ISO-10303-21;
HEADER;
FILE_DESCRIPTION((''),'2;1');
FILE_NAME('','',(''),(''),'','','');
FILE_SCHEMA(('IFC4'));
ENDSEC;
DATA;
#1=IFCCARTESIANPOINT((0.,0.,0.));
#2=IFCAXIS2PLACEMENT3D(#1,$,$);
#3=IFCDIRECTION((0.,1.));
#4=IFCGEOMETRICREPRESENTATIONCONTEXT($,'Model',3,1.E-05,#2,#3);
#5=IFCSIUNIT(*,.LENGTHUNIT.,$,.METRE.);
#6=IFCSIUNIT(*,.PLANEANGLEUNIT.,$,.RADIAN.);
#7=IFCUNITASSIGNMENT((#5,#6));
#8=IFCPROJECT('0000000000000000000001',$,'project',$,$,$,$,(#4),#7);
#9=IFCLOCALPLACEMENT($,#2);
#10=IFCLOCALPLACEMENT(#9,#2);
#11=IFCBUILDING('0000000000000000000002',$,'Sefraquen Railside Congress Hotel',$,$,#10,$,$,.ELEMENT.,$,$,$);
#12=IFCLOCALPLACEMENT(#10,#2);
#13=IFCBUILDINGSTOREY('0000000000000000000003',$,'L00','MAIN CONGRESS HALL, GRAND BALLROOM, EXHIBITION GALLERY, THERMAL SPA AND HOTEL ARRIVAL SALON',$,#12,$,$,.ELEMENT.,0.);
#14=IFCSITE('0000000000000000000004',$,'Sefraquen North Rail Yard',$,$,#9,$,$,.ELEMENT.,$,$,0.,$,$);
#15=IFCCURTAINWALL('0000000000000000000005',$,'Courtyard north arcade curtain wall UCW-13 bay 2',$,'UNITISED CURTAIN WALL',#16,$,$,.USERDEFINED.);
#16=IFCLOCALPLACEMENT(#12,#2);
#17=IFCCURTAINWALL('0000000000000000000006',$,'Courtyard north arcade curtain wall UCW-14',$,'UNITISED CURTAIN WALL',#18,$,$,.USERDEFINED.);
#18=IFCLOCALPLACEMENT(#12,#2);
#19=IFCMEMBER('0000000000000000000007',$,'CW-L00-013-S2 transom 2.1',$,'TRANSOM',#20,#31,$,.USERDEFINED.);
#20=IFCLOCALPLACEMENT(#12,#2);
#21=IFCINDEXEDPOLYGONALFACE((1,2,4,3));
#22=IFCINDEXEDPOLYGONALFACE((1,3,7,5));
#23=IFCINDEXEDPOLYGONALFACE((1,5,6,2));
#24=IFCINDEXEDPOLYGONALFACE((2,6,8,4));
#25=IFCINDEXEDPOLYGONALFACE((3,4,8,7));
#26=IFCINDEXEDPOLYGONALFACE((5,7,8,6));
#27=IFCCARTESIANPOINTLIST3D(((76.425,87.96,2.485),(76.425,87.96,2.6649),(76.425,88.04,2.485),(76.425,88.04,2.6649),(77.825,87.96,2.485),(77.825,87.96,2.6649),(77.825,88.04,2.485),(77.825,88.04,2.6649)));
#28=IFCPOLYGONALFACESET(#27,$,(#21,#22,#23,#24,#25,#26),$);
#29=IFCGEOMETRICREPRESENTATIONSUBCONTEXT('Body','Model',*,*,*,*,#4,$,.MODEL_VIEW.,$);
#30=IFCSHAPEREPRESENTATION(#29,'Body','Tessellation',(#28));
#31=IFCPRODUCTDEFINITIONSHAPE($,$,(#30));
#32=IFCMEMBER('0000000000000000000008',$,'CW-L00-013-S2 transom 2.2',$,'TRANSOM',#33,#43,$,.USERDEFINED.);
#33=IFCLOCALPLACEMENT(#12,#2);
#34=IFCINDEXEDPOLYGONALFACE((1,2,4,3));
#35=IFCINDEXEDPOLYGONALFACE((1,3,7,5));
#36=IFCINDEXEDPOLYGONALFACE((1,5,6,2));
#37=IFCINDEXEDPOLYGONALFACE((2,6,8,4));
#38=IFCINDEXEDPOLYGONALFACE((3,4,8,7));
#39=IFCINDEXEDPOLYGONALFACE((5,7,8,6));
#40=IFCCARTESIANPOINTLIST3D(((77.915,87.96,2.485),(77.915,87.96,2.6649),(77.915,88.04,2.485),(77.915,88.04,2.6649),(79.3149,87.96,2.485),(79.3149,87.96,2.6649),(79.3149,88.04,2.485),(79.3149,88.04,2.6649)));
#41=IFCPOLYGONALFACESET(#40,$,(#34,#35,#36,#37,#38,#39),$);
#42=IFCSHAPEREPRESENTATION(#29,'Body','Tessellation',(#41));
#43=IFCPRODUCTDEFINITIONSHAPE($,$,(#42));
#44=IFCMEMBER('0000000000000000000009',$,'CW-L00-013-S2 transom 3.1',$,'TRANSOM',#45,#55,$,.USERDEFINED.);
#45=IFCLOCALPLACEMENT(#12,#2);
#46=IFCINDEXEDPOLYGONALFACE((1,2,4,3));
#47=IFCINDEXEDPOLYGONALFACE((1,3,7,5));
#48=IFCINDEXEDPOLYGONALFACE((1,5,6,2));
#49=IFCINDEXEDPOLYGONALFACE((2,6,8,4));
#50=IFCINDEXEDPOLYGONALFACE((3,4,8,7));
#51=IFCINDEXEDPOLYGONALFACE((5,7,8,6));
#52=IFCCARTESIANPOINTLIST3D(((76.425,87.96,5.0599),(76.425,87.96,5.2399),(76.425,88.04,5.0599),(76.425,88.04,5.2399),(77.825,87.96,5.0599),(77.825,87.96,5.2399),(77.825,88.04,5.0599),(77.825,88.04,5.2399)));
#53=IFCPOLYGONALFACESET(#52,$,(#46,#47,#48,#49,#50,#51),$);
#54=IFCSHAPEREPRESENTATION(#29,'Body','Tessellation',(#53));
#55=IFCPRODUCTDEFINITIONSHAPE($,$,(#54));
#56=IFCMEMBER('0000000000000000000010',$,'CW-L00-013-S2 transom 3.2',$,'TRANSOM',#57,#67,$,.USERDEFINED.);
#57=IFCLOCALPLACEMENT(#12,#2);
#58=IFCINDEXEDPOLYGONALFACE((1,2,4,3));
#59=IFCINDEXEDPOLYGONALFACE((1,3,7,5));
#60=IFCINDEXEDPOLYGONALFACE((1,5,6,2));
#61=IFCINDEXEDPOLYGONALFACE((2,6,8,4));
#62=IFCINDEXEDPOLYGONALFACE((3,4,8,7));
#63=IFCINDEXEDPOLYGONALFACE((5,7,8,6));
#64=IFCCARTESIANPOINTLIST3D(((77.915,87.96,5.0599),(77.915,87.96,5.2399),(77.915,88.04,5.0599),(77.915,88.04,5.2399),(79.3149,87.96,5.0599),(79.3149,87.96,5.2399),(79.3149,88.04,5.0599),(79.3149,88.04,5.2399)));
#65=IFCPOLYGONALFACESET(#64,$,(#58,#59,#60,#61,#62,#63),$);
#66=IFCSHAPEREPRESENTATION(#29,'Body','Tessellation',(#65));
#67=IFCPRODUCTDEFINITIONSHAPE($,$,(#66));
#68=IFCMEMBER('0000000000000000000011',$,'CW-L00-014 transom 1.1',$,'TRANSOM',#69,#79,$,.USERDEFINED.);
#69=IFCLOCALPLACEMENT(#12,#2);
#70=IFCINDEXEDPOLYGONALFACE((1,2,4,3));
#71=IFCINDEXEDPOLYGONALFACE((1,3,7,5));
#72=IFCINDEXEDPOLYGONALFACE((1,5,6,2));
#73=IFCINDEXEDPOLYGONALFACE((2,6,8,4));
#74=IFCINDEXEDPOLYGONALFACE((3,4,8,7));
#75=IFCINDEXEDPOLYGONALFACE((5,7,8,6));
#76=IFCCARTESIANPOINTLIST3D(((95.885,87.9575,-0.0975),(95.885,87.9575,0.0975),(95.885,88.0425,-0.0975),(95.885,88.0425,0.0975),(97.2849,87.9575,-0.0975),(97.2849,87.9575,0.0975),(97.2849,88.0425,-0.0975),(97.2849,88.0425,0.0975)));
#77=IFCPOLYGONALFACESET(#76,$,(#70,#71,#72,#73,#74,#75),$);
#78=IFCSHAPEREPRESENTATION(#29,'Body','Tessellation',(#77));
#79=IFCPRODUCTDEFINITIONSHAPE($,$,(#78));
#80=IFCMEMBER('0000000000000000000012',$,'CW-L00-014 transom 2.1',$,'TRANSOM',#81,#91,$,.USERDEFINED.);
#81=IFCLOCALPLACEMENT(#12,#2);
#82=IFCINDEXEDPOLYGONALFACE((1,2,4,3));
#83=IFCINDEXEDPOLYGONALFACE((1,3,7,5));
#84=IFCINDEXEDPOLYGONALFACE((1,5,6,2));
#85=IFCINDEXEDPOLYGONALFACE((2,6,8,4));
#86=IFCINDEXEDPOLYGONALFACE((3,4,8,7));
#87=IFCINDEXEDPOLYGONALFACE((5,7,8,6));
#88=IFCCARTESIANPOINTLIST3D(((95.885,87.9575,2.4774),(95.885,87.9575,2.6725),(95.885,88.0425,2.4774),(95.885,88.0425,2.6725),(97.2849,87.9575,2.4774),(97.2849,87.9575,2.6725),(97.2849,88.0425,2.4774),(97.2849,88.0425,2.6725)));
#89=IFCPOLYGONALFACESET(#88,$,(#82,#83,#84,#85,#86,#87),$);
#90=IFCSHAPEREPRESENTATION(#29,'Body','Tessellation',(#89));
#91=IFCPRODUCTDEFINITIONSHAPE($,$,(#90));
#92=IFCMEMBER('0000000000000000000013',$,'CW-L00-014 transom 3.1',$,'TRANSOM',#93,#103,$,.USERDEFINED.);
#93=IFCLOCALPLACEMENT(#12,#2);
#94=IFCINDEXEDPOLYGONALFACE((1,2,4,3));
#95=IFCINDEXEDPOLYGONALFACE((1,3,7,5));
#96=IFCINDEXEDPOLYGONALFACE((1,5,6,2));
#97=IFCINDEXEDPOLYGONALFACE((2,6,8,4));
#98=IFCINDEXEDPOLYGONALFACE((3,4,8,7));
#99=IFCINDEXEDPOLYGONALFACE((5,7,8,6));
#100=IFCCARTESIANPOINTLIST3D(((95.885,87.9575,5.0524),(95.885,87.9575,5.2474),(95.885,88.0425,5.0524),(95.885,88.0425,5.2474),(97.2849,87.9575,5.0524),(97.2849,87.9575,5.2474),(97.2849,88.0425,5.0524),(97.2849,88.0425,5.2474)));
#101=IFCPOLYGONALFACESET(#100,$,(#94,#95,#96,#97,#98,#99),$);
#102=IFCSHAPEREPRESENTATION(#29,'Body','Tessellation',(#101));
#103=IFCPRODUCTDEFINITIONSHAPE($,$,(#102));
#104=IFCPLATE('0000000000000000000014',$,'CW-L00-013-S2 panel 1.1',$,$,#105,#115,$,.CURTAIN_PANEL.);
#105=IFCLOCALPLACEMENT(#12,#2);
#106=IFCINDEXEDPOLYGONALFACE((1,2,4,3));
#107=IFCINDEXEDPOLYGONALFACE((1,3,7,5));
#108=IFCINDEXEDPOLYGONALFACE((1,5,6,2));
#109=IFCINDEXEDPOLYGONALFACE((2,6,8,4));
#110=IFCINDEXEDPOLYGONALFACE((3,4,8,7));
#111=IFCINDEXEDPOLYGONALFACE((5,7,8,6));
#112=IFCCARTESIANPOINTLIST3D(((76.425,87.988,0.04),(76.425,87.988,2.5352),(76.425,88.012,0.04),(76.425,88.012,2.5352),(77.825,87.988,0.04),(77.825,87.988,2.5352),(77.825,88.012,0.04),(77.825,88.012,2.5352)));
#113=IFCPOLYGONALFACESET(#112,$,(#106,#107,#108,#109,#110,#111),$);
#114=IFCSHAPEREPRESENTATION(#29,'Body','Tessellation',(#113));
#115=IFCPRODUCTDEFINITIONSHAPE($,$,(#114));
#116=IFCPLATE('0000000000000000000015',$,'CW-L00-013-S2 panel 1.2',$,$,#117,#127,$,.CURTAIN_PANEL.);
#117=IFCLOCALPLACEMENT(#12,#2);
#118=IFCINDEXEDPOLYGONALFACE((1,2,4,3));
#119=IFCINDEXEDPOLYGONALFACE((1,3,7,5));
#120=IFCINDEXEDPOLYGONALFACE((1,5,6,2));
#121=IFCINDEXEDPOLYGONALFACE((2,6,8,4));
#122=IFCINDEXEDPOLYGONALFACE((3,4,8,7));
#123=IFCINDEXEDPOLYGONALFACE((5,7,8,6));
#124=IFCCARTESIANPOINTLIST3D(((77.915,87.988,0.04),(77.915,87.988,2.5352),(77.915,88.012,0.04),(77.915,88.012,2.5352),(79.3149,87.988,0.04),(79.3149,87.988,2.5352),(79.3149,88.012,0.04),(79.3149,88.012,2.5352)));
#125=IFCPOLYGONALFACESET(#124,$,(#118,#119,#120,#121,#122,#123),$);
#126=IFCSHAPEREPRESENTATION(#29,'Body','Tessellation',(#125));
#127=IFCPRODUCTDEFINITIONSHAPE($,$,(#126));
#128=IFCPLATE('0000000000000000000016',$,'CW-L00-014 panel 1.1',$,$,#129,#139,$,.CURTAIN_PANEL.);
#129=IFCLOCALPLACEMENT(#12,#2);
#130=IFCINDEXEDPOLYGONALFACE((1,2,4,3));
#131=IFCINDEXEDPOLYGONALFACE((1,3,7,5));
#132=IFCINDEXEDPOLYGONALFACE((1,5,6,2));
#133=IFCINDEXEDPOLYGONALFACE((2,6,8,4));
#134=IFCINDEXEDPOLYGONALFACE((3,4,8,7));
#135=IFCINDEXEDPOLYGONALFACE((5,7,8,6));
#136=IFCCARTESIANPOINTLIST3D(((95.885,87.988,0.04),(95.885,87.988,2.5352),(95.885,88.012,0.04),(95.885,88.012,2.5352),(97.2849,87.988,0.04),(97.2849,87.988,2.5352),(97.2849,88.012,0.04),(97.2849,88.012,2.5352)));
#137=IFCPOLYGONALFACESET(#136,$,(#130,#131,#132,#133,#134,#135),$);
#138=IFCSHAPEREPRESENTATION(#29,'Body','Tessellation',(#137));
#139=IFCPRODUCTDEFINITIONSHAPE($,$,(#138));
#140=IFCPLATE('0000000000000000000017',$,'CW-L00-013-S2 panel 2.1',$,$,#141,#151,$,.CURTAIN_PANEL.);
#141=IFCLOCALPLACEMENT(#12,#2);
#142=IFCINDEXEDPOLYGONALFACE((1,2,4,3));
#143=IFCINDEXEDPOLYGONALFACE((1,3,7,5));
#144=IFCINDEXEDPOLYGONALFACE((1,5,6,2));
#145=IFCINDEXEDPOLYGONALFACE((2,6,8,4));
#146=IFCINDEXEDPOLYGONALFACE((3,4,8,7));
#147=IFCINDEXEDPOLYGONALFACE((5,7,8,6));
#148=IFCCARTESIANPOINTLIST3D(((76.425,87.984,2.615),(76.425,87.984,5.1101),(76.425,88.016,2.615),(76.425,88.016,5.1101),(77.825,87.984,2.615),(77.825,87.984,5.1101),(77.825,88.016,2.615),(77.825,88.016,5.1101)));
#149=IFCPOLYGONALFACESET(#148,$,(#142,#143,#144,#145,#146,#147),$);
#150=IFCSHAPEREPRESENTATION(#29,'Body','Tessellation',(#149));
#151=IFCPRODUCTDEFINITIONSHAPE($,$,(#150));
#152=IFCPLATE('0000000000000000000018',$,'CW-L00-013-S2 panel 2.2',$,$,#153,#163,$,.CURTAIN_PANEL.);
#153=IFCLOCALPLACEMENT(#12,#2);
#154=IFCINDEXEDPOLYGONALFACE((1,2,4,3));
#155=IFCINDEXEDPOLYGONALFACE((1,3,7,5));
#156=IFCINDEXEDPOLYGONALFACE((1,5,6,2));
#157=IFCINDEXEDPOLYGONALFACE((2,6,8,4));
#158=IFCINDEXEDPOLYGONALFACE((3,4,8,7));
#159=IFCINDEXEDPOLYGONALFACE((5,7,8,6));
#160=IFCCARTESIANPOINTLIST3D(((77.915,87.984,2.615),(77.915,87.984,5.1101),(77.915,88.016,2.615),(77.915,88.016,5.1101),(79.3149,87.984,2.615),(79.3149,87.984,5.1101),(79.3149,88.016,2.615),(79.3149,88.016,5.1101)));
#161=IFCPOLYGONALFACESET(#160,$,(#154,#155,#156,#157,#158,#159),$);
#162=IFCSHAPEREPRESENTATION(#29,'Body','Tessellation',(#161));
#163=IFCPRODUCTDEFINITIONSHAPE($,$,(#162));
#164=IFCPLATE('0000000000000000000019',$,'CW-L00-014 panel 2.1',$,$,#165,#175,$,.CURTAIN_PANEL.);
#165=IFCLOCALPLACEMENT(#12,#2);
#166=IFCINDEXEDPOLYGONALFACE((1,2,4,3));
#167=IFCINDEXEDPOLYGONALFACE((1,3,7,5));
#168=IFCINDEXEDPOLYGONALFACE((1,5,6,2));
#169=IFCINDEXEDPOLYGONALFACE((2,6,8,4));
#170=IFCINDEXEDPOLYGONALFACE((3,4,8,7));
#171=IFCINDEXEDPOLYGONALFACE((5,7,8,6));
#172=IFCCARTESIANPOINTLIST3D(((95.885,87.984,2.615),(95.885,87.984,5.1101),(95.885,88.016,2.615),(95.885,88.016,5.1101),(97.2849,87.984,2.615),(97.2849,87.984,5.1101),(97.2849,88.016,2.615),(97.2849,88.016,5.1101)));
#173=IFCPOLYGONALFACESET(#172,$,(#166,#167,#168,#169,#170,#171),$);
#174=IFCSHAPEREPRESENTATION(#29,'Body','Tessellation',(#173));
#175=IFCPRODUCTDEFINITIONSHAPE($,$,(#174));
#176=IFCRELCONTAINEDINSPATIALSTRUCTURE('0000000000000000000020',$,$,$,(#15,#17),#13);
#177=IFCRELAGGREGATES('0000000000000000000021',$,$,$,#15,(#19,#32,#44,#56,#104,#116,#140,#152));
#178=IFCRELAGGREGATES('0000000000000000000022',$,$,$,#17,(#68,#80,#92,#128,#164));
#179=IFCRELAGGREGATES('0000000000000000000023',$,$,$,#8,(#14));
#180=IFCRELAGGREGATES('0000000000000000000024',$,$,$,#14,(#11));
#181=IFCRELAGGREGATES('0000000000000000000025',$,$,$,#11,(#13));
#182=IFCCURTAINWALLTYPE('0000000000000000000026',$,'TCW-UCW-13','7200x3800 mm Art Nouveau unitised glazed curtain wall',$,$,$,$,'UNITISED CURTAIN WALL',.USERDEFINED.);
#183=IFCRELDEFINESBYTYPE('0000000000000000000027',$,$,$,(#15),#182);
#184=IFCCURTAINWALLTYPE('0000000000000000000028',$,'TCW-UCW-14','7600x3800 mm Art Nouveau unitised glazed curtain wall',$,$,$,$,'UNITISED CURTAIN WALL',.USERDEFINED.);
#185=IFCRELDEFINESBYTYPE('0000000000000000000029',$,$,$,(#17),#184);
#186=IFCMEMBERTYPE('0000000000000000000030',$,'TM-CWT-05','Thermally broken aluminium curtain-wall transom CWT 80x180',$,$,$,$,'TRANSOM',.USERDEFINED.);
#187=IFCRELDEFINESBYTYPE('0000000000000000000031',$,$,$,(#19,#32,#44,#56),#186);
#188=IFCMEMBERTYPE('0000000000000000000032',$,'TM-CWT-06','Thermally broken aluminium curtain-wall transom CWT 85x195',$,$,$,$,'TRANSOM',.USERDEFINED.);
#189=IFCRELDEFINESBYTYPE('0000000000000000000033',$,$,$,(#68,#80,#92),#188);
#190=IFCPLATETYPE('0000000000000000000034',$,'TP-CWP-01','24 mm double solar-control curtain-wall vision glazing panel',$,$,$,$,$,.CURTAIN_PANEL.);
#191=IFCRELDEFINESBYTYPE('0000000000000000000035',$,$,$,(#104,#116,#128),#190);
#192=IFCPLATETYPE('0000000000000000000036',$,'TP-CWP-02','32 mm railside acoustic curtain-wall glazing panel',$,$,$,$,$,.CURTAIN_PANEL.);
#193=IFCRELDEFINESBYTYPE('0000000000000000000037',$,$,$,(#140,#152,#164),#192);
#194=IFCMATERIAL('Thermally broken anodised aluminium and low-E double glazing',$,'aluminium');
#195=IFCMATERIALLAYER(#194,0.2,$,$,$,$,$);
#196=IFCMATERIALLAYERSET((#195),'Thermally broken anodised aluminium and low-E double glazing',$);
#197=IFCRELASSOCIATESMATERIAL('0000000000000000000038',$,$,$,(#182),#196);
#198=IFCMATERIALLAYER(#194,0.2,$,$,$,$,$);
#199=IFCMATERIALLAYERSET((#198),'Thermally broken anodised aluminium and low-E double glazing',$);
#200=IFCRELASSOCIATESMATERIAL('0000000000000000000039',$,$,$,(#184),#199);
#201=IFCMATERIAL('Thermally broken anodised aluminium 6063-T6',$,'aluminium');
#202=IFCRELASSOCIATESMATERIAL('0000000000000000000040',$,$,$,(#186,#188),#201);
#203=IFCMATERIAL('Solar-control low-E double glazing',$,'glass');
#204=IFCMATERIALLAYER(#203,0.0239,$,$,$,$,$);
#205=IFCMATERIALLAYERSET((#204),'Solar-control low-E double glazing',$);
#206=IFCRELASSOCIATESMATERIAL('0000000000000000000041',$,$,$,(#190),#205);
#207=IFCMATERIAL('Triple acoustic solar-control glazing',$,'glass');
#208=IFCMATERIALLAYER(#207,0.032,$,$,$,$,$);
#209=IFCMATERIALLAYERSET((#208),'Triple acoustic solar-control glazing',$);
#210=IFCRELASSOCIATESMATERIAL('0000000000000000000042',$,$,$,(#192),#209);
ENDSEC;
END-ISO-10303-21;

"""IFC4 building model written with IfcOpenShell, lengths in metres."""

from ifc_helpers import new_model, si_unit, direction, frame, origin, origin_2d, place, context, subcontext, project, spatial, rectangle, extrude, material, layer, layer_set, material_profile, profile_set, type_object, element, aggregate, save


model = new_model("IFC4")

# Units and contexts
model_context = context("Model", 3, precision=1e-05, world=origin(), true_north=direction((0.0, 1.0)))
body_context = subcontext(model_context, "Body", "Model", "MODEL_VIEW")
ifc_project = project(units=[si_unit("LENGTHUNIT", "METRE"), si_unit("PLANEANGLEUNIT", "RADIAN")], contexts=[model_context])

# Site, building, storey
site_placement = place(None, origin())
site = spatial("IfcSite", under=ifc_project, at=site_placement, Name="Sefraquen North Rail Yard", CompositionType="ELEMENT", RefElevation=0.0)
building_placement = place(site_placement, origin())
building = spatial("IfcBuilding", under=site, at=building_placement, Name="Sefraquen Railside Congress Hotel", CompositionType="ELEMENT")
storey_placement = place(building_placement, origin())
storey = spatial("IfcBuildingStorey", under=building, at=storey_placement, Name="L00", Description="MAIN CONGRESS HALL, GRAND BALLROOM, EXHIBITION GALLERY, THERMAL SPA AND HOTEL ARRIVAL SALON", CompositionType="ELEMENT", Elevation=0.0)

# Curtain wall
ifc_material_1 = material(Name="Thermally broken anodised aluminium and low-E double glazing", Category="aluminium")
ifc_layer_1 = layer(ifc_material_1, 0.2)
ifc_layer_set_1 = layer_set([ifc_layer_1], Name="Thermally broken anodised aluminium and low-E double glazing")
curtain_wall_type_1 = type_object("IfcCurtainWallType", Name="TCW-UCW-13", Description="7200x3800 mm Art Nouveau unitised glazed curtain wall", ElementType="UNITISED CURTAIN WALL", PredefinedType="USERDEFINED", material=ifc_layer_set_1)
curtain_wall_1_placement = place(storey_placement, origin())
curtain_wall_1 = element("IfcCurtainWall", 1, at=curtain_wall_1_placement, inside=storey, type_object=curtain_wall_type_1, Name="Courtyard north arcade curtain wall UCW-13 bay 2", ObjectType="UNITISED CURTAIN WALL", PredefinedType="USERDEFINED")
ifc_material_2 = material(Name="Thermally broken anodised aluminium 6063-T6", Category="aluminium")

# Curtain wall
ifc_layer_2 = layer(ifc_material_1, 0.2)
ifc_layer_set_2 = layer_set([ifc_layer_2], Name="Thermally broken anodised aluminium and low-E double glazing")
curtain_wall_type_2 = type_object("IfcCurtainWallType", Name="TCW-UCW-14", Description="7600x3800 mm Art Nouveau unitised glazed curtain wall", ElementType="UNITISED CURTAIN WALL", PredefinedType="USERDEFINED", material=ifc_layer_set_2)
curtain_wall_2_placement = place(storey_placement, origin())
curtain_wall_2 = element("IfcCurtainWall", 2, at=curtain_wall_2_placement, inside=storey, type_object=curtain_wall_type_2, Name="Courtyard north arcade curtain wall UCW-14", ObjectType="UNITISED CURTAIN WALL", PredefinedType="USERDEFINED")

# Members
ifc_material_profile_1 = material_profile(ifc_material_2, rectangle(XDim=0.0801, YDim=0.1799, at=origin_2d()), Name="CWT 80x180")
ifc_profile_set_1 = profile_set([ifc_material_profile_1], Name="Thermally broken anodised aluminium 6063-T6")
member_type_1 = type_object("IfcMemberType", Name="TM-CWT-05", Description="Thermally broken aluminium curtain-wall transom CWT 80x180", ElementType="TRANSOM", PredefinedType="USERDEFINED", material=ifc_profile_set_1)
member_1_placement = place(storey_placement, frame((76.425, 88.0, 2.575), z_axis=(1.0, 0.0, 0.0), x_axis=(0.0, 1.0, 0.0)))
member_1 = element("IfcMember", 3, at=member_1_placement, type_object=member_type_1, Name="CW-L00-013-S2 transom 2.1", ObjectType="TRANSOM", PredefinedType="USERDEFINED", context=body_context, shape_type="SweptSolid", body=[
    extrude(rectangle(XDim=0.0801, YDim=0.1799, at=origin_2d()), origin(), (0.0, 0.0, 1.0), 1.3999),
])
member_2_placement = place(storey_placement, frame((77.915, 88.0, 2.575), z_axis=(1.0, 0.0, 0.0), x_axis=(0.0, 1.0, 0.0)))
member_2 = element("IfcMember", 4, at=member_2_placement, type_object=member_type_1, Name="CW-L00-013-S2 transom 2.2", ObjectType="TRANSOM", PredefinedType="USERDEFINED", context=body_context, shape_type="SweptSolid", body=[
    extrude(rectangle(XDim=0.0801, YDim=0.1799, at=origin_2d()), origin(), (0.0, 0.0, 1.0), 1.3999),
])
member_3_placement = place(storey_placement, frame((76.425, 88.0, 5.1499), z_axis=(1.0, 0.0, 0.0), x_axis=(0.0, 1.0, 0.0)))
member_3 = element("IfcMember", 5, at=member_3_placement, type_object=member_type_1, Name="CW-L00-013-S2 transom 3.1", ObjectType="TRANSOM", PredefinedType="USERDEFINED", context=body_context, shape_type="SweptSolid", body=[
    extrude(rectangle(XDim=0.0801, YDim=0.1799, at=origin_2d()), origin(), (0.0, 0.0, 1.0), 1.3999),
])
member_4_placement = place(storey_placement, frame((77.915, 88.0, 5.1499), z_axis=(1.0, 0.0, 0.0), x_axis=(0.0, 1.0, 0.0)))
member_4 = element("IfcMember", 6, at=member_4_placement, type_object=member_type_1, Name="CW-L00-013-S2 transom 3.2", ObjectType="TRANSOM", PredefinedType="USERDEFINED", context=body_context, shape_type="SweptSolid", body=[
    extrude(rectangle(XDim=0.0801, YDim=0.1799, at=origin_2d()), origin(), (0.0, 0.0, 1.0), 1.3999),
])
ifc_material_profile_2 = material_profile(ifc_material_2, rectangle(XDim=0.085, YDim=0.1951, at=origin_2d()), Name="CWT 85x195")
ifc_profile_set_2 = profile_set([ifc_material_profile_2], Name="Thermally broken anodised aluminium 6063-T6")
member_type_2 = type_object("IfcMemberType", Name="TM-CWT-06", Description="Thermally broken aluminium curtain-wall transom CWT 85x195", ElementType="TRANSOM", PredefinedType="USERDEFINED", material=ifc_profile_set_2)
member_5_placement = place(storey_placement, frame((95.885, 88.0, 0.0), z_axis=(1.0, 0.0, 0.0), x_axis=(0.0, 1.0, 0.0)))
member_5 = element("IfcMember", 7, at=member_5_placement, type_object=member_type_2, Name="CW-L00-014 transom 1.1", ObjectType="TRANSOM", PredefinedType="USERDEFINED", context=body_context, shape_type="SweptSolid", body=[
    extrude(rectangle(XDim=0.085, YDim=0.1951, at=origin_2d()), origin(), (0.0, 0.0, 1.0), 1.3999),
])
member_6_placement = place(storey_placement, frame((95.885, 88.0, 2.575), z_axis=(1.0, 0.0, 0.0), x_axis=(0.0, 1.0, 0.0)))
member_6 = element("IfcMember", 8, at=member_6_placement, type_object=member_type_2, Name="CW-L00-014 transom 2.1", ObjectType="TRANSOM", PredefinedType="USERDEFINED", context=body_context, shape_type="SweptSolid", body=[
    extrude(rectangle(XDim=0.085, YDim=0.1951, at=origin_2d()), origin(), (0.0, 0.0, 1.0), 1.3999),
])
member_7_placement = place(storey_placement, frame((95.885, 88.0, 5.1499), z_axis=(1.0, 0.0, 0.0), x_axis=(0.0, 1.0, 0.0)))
member_7 = element("IfcMember", 9, at=member_7_placement, type_object=member_type_2, Name="CW-L00-014 transom 3.1", ObjectType="TRANSOM", PredefinedType="USERDEFINED", context=body_context, shape_type="SweptSolid", body=[
    extrude(rectangle(XDim=0.085, YDim=0.1951, at=origin_2d()), origin(), (0.0, 0.0, 1.0), 1.3999),
])

# Plates
ifc_material_3 = material(Name="Solar-control low-E double glazing", Category="glass")
ifc_layer_3 = layer(ifc_material_3, 0.0239)
ifc_layer_set_3 = layer_set([ifc_layer_3], Name="Solar-control low-E double glazing")
plate_type_1 = type_object("IfcPlateType", Name="TP-CWP-01", Description="24 mm double solar-control curtain-wall vision glazing panel", PredefinedType="CURTAIN_PANEL", material=ifc_layer_set_3)
plate_1_placement = place(storey_placement, frame((77.125, 88.0, 0.04), z_axis=(0.0, 0.0, 1.0), x_axis=(1.0, 0.0, 0.0)))
plate_1 = element("IfcPlate", 10, at=plate_1_placement, type_object=plate_type_1, Name="CW-L00-013-S2 panel 1.1", PredefinedType="CURTAIN_PANEL", context=body_context, shape_type="SweptSolid", body=[
    extrude(rectangle(XDim=1.3999, YDim=0.0239, at=origin_2d()), origin(), (0.0, 0.0, 1.0), 2.4951),
])
plate_2_placement = place(storey_placement, frame((78.615, 88.0, 0.04), z_axis=(0.0, 0.0, 1.0), x_axis=(1.0, 0.0, 0.0)))
plate_2 = element("IfcPlate", 11, at=plate_2_placement, type_object=plate_type_1, Name="CW-L00-013-S2 panel 1.2", PredefinedType="CURTAIN_PANEL", context=body_context, shape_type="SweptSolid", body=[
    extrude(rectangle(XDim=1.3999, YDim=0.0239, at=origin_2d()), origin(), (0.0, 0.0, 1.0), 2.4951),
])
plate_3_placement = place(storey_placement, frame((96.585, 88.0, 0.04), z_axis=(0.0, 0.0, 1.0), x_axis=(1.0, 0.0, 0.0)))
plate_3 = element("IfcPlate", 12, at=plate_3_placement, type_object=plate_type_1, Name="CW-L00-014 panel 1.1", PredefinedType="CURTAIN_PANEL", context=body_context, shape_type="SweptSolid", body=[
    extrude(rectangle(XDim=1.3999, YDim=0.0239, at=origin_2d()), origin(), (0.0, 0.0, 1.0), 2.4951),
])
ifc_material_4 = material(Name="Triple acoustic solar-control glazing", Category="glass")
ifc_layer_4 = layer(ifc_material_4, 0.032)
ifc_layer_set_4 = layer_set([ifc_layer_4], Name="Triple acoustic solar-control glazing")
plate_type_2 = type_object("IfcPlateType", Name="TP-CWP-02", Description="32 mm railside acoustic curtain-wall glazing panel", PredefinedType="CURTAIN_PANEL", material=ifc_layer_set_4)
plate_4_placement = place(storey_placement, frame((77.125, 88.0, 2.615), z_axis=(0.0, 0.0, 1.0), x_axis=(1.0, 0.0, 0.0)))
plate_4 = element("IfcPlate", 13, at=plate_4_placement, type_object=plate_type_2, Name="CW-L00-013-S2 panel 2.1", PredefinedType="CURTAIN_PANEL", context=body_context, shape_type="SweptSolid", body=[
    extrude(rectangle(XDim=1.3999, YDim=0.032, at=origin_2d()), origin(), (0.0, 0.0, 1.0), 2.4951),
])
plate_5_placement = place(storey_placement, frame((78.615, 88.0, 2.615), z_axis=(0.0, 0.0, 1.0), x_axis=(1.0, 0.0, 0.0)))
plate_5 = element("IfcPlate", 14, at=plate_5_placement, type_object=plate_type_2, Name="CW-L00-013-S2 panel 2.2", PredefinedType="CURTAIN_PANEL", context=body_context, shape_type="SweptSolid", body=[
    extrude(rectangle(XDim=1.3999, YDim=0.032, at=origin_2d()), origin(), (0.0, 0.0, 1.0), 2.4951),
])
aggregate(curtain_wall_1, [member_1, member_2, member_3, member_4, plate_1, plate_2, plate_4, plate_5])
plate_6_placement = place(storey_placement, frame((96.585, 88.0, 2.615), z_axis=(0.0, 0.0, 1.0), x_axis=(1.0, 0.0, 0.0)))
plate_6 = element("IfcPlate", 15, at=plate_6_placement, type_object=plate_type_2, Name="CW-L00-014 panel 2.1", PredefinedType="CURTAIN_PANEL", context=body_context, shape_type="SweptSolid", body=[
    extrude(rectangle(XDim=1.3999, YDim=0.032, at=origin_2d()), origin(), (0.0, 0.0, 1.0), 2.4951),
])
aggregate(curtain_wall_2, [member_5, member_6, member_7, plate_3, plate_6])

save(model, "model.ifc")
